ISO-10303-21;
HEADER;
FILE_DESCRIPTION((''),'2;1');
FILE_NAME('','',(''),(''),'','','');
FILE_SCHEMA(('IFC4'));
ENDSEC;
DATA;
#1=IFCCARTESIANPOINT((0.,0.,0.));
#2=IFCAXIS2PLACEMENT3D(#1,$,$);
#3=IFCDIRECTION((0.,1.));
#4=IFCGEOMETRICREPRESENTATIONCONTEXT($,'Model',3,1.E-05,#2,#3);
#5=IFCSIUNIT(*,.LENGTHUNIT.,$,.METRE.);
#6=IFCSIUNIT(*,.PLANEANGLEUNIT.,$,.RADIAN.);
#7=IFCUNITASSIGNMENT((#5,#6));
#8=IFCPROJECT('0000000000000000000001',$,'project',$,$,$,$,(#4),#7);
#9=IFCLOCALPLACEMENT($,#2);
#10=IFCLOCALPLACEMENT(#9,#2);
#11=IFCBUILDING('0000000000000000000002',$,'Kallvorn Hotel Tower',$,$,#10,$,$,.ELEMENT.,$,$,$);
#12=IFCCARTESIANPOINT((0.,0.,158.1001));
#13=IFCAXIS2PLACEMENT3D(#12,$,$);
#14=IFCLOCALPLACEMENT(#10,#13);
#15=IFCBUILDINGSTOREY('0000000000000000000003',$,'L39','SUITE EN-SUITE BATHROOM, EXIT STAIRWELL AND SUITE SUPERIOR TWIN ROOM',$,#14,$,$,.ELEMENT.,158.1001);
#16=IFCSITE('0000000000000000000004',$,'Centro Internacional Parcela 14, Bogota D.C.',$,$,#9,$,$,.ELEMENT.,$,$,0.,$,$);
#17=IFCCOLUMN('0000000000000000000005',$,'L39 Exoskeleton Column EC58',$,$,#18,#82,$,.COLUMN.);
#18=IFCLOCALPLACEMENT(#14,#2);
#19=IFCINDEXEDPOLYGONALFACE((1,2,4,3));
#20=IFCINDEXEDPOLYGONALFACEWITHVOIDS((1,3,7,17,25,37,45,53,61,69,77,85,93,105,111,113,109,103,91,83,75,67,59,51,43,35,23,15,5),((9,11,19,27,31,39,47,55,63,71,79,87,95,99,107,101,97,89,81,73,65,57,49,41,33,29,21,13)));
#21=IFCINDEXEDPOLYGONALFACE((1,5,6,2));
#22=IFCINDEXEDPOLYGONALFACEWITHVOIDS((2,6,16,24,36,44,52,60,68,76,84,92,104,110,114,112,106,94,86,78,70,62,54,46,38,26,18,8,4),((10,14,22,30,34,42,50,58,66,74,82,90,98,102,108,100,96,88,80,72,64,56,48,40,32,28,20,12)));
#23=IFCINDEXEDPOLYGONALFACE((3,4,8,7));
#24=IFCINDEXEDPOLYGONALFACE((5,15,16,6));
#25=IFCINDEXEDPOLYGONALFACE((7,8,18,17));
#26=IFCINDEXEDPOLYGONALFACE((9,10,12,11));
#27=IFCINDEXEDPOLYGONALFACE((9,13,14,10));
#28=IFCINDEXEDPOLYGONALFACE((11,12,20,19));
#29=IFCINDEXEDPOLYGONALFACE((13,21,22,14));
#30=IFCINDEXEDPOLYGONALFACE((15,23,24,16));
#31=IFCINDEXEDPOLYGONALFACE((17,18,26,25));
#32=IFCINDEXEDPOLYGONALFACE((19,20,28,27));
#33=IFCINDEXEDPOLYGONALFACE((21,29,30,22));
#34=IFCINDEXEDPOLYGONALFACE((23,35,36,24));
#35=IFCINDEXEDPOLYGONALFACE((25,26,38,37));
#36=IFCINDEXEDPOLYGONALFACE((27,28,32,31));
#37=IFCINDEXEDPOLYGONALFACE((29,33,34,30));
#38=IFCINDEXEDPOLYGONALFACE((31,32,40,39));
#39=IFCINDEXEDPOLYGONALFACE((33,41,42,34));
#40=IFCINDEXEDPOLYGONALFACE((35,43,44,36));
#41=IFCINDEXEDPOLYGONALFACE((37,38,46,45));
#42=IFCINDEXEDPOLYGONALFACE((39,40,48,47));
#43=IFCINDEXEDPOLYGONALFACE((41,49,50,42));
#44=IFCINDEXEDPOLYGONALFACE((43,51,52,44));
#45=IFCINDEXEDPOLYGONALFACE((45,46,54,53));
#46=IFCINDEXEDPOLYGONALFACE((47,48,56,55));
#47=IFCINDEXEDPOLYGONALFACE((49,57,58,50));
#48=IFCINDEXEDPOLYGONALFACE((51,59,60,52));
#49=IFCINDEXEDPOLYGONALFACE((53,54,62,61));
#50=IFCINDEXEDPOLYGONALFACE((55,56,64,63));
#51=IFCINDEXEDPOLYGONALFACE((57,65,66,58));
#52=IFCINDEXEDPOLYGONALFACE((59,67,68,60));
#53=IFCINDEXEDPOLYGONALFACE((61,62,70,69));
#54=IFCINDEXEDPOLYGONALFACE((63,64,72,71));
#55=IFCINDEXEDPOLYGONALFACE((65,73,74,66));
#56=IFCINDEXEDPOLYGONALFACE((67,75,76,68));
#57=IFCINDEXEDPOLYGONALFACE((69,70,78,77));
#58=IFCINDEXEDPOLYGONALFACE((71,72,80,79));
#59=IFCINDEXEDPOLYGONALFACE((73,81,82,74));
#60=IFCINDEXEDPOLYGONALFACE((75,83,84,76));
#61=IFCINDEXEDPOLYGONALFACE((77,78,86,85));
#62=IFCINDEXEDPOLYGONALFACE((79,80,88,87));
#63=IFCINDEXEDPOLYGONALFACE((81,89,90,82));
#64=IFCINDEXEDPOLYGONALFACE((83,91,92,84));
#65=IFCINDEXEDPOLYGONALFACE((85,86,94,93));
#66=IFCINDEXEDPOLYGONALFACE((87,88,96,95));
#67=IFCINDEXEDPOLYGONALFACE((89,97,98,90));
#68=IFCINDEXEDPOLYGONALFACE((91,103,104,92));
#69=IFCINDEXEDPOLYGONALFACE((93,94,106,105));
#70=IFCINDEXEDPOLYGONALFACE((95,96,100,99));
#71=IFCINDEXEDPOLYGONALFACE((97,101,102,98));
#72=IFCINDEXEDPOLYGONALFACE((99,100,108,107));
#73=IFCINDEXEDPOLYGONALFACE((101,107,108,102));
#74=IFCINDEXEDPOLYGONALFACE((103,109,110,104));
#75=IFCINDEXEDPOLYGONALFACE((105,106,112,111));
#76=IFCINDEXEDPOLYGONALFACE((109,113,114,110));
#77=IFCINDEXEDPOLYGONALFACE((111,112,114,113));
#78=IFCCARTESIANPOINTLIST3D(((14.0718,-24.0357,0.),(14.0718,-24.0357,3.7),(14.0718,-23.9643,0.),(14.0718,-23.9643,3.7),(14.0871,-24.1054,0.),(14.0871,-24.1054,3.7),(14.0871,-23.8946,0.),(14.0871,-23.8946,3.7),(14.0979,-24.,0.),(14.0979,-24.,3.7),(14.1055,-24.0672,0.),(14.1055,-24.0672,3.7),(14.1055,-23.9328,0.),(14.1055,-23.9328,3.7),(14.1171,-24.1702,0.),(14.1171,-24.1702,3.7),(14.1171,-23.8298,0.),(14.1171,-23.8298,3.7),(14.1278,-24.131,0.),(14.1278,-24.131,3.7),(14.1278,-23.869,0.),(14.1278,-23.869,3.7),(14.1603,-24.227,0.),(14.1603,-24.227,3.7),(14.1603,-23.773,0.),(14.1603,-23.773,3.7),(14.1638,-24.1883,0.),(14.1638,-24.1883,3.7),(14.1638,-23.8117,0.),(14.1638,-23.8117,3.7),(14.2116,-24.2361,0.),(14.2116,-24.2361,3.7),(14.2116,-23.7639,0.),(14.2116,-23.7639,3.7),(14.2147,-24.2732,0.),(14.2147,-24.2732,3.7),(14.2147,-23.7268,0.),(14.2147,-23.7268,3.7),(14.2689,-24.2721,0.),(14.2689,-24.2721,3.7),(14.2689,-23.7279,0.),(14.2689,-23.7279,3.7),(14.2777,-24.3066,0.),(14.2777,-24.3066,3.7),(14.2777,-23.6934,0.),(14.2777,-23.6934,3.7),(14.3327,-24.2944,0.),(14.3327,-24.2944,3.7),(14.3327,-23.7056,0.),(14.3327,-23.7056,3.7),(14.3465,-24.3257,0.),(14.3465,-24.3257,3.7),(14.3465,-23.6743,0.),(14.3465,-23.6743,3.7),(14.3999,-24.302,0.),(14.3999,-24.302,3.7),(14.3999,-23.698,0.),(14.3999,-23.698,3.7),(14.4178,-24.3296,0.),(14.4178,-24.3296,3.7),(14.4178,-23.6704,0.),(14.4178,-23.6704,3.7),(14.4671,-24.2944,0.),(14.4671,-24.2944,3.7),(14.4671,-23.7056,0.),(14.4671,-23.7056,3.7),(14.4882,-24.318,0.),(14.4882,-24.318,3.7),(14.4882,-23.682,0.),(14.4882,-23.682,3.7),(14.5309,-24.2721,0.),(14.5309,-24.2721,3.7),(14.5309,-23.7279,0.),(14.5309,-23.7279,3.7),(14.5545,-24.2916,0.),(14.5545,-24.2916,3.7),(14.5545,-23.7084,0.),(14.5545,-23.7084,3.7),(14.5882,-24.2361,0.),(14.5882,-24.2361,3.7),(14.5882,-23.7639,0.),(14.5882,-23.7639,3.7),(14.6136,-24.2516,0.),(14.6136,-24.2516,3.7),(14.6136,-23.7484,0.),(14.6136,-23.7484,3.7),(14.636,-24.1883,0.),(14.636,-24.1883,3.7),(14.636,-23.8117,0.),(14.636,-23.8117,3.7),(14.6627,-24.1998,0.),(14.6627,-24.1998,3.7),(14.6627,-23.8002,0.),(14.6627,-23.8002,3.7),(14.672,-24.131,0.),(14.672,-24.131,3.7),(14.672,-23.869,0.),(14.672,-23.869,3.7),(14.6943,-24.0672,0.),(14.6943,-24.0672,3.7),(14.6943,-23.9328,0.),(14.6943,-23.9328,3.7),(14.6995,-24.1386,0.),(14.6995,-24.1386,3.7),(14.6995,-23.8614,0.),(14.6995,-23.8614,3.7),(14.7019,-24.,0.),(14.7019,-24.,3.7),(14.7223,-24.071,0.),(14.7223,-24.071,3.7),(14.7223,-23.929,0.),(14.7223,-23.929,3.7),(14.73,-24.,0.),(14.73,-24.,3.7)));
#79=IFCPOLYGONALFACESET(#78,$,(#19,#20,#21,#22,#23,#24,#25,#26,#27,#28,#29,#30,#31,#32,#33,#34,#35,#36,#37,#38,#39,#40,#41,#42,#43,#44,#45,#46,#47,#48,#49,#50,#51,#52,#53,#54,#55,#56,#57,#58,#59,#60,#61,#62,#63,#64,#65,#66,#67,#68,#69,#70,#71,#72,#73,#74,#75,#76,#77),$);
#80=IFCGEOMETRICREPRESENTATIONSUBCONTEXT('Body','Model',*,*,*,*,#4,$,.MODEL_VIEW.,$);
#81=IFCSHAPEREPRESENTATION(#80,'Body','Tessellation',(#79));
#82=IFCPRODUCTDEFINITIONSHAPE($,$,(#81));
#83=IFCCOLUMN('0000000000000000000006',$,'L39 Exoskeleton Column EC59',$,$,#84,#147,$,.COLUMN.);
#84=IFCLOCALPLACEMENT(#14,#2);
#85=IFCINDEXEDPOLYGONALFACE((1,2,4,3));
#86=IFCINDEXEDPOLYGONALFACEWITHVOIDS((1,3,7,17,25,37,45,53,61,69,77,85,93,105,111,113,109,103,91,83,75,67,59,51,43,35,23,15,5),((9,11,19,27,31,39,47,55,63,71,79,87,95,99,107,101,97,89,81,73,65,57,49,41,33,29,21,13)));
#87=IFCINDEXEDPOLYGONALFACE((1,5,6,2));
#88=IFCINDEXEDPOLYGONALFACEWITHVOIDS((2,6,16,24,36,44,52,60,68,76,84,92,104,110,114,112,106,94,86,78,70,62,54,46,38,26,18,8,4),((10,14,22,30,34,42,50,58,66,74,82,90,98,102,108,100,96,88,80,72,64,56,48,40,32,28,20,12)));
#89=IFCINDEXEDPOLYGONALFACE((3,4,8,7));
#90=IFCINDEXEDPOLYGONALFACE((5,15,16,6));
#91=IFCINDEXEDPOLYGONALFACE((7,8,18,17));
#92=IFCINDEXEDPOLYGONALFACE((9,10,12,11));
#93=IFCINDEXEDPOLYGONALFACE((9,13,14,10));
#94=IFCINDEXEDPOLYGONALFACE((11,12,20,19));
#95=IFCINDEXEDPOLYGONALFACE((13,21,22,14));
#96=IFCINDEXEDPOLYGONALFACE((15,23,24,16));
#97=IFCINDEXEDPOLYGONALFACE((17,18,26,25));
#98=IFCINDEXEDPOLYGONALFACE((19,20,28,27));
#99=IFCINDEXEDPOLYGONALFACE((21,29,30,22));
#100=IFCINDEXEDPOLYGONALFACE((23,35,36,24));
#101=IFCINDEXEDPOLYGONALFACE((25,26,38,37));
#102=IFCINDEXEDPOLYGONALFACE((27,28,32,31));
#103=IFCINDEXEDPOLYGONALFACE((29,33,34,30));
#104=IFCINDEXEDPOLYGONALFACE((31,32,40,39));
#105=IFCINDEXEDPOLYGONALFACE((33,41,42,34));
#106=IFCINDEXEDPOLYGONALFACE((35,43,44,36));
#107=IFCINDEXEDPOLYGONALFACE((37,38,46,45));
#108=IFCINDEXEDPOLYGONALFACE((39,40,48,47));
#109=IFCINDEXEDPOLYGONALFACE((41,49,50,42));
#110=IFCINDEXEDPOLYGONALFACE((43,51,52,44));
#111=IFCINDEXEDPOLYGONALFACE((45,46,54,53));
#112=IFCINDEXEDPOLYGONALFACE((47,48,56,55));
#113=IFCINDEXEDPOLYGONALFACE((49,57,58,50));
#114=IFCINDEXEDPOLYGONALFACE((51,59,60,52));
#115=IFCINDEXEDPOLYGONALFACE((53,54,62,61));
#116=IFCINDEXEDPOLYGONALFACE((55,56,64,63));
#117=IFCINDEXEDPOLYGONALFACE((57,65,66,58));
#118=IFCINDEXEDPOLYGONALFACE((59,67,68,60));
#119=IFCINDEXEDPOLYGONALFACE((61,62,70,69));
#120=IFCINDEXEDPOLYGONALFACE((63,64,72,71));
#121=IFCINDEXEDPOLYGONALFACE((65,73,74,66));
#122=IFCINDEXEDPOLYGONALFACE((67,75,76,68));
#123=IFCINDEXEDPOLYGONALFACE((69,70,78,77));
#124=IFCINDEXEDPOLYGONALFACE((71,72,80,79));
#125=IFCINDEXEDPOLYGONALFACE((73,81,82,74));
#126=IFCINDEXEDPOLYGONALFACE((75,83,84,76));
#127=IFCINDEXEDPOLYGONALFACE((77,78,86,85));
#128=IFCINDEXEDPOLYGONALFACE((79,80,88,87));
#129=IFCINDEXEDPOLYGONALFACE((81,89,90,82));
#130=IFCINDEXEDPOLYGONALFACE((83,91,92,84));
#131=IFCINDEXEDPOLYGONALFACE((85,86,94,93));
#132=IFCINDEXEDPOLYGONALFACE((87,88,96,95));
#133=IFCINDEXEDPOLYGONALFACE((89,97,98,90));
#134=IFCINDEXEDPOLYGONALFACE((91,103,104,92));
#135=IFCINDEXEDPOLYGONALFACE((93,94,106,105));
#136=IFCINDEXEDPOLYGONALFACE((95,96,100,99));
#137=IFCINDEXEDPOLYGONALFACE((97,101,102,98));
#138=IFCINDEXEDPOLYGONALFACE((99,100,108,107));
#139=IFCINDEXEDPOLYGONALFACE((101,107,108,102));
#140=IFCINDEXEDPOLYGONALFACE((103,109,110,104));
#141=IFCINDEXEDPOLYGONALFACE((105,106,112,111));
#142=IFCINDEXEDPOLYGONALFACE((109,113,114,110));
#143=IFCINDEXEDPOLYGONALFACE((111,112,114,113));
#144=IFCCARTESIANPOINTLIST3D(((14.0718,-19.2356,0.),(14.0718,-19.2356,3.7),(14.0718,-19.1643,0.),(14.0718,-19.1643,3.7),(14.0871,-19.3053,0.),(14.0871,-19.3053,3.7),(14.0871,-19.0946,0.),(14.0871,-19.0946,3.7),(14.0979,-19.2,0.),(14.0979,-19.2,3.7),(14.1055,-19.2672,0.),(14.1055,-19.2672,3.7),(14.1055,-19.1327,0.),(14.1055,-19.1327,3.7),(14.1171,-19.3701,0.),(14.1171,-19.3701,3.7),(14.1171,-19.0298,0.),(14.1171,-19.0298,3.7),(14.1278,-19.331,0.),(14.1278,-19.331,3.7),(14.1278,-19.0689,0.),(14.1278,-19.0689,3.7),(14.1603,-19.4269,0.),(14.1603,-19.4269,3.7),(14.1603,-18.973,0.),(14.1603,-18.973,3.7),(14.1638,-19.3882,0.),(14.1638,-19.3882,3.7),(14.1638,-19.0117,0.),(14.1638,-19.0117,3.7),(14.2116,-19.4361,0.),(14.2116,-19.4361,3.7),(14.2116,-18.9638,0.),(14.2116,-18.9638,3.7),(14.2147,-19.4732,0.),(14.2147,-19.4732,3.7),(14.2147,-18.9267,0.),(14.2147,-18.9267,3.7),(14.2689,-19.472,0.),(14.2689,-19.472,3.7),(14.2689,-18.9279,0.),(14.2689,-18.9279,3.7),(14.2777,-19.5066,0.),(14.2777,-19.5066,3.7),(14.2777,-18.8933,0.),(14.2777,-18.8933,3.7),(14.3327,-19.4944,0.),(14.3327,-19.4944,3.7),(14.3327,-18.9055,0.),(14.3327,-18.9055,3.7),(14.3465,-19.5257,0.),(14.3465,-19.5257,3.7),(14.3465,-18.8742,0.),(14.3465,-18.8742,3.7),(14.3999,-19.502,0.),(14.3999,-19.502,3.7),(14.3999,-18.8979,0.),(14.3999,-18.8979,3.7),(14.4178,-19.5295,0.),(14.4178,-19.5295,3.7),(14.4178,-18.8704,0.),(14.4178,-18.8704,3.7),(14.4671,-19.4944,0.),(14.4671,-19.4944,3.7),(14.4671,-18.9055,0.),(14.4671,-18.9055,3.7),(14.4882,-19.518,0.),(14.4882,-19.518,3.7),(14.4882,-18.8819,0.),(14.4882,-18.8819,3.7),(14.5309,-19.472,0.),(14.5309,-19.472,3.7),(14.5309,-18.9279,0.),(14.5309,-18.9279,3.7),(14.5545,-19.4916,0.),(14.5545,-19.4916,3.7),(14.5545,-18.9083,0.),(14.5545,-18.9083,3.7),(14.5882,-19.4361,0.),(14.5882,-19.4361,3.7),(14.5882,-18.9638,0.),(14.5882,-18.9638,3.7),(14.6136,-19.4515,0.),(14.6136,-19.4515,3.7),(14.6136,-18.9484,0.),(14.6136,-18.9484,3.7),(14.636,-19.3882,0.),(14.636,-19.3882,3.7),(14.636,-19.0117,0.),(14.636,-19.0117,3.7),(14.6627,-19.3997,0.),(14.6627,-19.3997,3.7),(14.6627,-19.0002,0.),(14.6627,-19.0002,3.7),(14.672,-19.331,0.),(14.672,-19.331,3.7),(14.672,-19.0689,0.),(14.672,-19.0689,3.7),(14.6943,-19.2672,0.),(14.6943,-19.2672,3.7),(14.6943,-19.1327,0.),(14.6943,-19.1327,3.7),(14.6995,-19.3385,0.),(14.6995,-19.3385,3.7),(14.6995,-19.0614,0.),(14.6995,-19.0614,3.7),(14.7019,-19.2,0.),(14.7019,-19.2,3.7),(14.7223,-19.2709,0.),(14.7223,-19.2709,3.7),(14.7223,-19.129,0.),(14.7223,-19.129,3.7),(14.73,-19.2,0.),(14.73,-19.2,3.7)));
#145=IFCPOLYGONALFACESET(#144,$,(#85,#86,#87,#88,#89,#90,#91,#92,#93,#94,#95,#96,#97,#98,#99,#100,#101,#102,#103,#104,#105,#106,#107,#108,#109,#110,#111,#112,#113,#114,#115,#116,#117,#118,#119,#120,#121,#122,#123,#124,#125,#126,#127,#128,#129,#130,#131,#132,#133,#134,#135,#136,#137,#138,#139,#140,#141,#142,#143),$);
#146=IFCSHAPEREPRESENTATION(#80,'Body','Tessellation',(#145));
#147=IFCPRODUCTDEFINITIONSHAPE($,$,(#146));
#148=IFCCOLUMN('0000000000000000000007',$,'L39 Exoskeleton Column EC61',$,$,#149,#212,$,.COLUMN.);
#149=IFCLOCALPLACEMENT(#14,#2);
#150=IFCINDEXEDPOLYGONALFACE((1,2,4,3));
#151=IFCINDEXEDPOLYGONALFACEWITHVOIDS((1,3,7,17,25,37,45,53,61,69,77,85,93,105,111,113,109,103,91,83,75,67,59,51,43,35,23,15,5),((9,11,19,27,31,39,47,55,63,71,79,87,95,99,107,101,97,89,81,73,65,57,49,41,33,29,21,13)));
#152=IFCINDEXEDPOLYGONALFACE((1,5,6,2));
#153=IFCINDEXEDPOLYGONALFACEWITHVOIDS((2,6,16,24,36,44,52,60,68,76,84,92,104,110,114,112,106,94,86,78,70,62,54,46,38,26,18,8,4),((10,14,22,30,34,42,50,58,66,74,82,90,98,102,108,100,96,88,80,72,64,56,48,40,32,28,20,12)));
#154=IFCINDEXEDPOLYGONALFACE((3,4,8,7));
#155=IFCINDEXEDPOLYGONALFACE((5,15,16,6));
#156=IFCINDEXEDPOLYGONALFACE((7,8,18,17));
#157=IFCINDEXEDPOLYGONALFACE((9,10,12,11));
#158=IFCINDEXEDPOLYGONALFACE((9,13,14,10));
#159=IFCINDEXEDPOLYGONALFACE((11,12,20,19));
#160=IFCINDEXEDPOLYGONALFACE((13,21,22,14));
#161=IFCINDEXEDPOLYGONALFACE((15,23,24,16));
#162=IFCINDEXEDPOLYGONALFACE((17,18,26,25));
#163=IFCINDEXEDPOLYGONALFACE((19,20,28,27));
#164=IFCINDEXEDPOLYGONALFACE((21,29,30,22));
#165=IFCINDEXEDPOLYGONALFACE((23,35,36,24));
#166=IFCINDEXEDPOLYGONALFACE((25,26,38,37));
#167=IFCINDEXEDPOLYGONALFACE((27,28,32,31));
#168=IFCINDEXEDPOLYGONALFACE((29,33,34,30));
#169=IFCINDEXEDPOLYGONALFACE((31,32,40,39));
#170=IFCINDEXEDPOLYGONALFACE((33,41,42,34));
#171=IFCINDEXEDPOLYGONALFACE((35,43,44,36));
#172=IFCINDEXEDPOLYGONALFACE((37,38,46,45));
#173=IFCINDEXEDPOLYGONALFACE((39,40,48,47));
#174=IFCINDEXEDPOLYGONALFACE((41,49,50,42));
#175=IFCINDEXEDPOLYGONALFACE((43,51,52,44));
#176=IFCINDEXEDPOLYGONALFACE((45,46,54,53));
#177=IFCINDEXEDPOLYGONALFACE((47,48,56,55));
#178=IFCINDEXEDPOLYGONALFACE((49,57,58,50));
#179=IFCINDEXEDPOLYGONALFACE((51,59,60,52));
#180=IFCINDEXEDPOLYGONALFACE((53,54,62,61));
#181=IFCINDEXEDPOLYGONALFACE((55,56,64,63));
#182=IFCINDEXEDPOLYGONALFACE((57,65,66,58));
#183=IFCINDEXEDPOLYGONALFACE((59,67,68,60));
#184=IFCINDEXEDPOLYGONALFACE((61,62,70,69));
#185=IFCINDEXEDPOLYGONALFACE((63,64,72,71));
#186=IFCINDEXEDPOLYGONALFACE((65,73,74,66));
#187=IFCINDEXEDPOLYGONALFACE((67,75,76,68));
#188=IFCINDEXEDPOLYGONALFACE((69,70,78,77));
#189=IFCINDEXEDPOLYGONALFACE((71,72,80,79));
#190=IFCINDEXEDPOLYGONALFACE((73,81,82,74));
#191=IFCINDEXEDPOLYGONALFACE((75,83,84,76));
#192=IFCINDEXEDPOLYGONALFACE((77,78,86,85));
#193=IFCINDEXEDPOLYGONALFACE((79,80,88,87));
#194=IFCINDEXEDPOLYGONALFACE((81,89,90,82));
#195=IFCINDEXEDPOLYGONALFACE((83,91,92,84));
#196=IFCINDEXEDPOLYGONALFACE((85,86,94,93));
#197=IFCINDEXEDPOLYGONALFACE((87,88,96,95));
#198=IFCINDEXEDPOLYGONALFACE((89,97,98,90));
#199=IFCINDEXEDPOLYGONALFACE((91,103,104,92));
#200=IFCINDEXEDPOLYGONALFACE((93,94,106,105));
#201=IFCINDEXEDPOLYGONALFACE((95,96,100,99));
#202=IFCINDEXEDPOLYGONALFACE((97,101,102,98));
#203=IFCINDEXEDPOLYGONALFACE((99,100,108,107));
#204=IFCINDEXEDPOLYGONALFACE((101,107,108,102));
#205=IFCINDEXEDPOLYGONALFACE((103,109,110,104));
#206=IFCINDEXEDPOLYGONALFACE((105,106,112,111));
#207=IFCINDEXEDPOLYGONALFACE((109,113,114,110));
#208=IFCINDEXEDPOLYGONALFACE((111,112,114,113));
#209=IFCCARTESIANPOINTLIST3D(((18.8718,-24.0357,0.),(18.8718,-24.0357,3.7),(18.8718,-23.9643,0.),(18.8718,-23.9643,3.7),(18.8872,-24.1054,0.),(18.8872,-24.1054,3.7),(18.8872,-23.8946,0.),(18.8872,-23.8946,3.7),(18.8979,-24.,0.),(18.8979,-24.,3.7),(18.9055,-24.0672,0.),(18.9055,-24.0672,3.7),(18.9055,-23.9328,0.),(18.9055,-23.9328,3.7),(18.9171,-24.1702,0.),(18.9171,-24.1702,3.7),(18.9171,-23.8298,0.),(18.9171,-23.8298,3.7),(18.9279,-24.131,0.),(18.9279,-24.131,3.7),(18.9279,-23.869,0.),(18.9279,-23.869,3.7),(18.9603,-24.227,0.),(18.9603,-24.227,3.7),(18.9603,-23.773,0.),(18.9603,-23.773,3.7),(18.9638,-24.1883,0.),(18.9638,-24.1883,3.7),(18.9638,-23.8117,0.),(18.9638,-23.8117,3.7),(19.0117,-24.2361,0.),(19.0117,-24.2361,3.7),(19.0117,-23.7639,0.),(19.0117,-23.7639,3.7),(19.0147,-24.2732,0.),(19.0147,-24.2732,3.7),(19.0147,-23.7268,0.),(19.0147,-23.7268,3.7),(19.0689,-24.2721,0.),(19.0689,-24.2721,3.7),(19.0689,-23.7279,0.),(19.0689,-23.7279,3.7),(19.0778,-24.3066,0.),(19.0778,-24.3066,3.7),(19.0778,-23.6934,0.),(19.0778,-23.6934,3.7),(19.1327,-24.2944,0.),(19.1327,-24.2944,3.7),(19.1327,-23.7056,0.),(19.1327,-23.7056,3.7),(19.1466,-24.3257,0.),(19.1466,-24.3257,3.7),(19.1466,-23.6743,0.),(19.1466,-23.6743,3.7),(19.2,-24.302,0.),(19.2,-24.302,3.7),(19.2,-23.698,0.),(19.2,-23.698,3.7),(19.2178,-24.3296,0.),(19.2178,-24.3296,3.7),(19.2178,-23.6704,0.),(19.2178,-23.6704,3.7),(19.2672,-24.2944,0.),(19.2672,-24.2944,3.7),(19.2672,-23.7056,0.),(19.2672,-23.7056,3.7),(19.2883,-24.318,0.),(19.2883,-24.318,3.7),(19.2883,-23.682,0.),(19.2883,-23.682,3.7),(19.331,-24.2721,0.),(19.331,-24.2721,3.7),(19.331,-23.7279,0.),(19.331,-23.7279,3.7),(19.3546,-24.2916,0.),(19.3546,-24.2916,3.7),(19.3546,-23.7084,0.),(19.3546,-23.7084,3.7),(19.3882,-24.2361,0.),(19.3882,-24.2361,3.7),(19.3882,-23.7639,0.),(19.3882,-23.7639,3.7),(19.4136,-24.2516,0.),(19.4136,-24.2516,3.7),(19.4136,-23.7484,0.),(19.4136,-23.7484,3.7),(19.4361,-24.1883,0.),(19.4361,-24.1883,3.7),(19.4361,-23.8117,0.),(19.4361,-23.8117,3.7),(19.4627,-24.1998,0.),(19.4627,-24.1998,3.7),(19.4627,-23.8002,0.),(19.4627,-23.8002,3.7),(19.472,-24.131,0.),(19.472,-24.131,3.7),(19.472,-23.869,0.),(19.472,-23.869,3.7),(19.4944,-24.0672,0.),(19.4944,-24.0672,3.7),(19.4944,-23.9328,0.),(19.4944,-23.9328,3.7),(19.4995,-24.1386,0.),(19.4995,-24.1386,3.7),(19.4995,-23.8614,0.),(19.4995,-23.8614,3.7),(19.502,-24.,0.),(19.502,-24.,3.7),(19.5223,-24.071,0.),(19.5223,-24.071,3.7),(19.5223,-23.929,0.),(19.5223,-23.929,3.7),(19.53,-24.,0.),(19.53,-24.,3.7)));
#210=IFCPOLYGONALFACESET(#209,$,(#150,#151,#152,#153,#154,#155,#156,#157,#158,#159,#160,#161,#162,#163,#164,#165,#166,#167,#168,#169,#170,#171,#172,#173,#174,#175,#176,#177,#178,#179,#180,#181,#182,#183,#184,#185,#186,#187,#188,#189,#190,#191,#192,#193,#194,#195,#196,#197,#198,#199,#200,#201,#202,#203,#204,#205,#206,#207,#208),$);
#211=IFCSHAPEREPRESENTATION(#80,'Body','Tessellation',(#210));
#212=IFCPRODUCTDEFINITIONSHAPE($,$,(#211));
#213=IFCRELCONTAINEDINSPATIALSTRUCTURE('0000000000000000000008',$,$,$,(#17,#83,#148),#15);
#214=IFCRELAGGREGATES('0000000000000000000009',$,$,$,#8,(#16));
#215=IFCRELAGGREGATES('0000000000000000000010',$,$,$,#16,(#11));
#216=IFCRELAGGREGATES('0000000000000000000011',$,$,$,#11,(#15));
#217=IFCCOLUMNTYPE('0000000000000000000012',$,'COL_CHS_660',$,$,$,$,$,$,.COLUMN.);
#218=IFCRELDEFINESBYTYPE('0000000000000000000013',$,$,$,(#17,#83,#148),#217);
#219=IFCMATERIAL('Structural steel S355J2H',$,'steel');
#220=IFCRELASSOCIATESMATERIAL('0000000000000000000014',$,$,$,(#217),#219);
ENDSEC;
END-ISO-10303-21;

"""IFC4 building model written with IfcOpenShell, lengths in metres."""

from ifc_helpers import new_model, si_unit, direction, frame, origin, origin_2d, place, context, subcontext, project, spatial, hollow_circle, extrude, material, material_profile, profile_set, type_object, element, save


model = new_model("IFC4")

# Units and contexts
model_context = context("Model", 3, precision=1e-05, world=origin(), true_north=direction((0.0, 1.0)))
body_context = subcontext(model_context, "Body", "Model", "MODEL_VIEW")
ifc_project = project(units=[si_unit("LENGTHUNIT", "METRE"), si_unit("PLANEANGLEUNIT", "RADIAN")], contexts=[model_context])

# Site, building, storey
site_placement = place(None, origin())
site = spatial("IfcSite", under=ifc_project, at=site_placement, Name="Centro Internacional Parcela 14, Bogota D.C.", CompositionType="ELEMENT", RefElevation=0.0)
building_placement = place(site_placement, origin())
building = spatial("IfcBuilding", under=site, at=building_placement, Name="Kallvorn Hotel Tower", CompositionType="ELEMENT")
storey_placement = place(building_placement, frame((0.0, 0.0, 158.1001)))
storey = spatial("IfcBuildingStorey", under=building, at=storey_placement, Name="L39", Description="SUITE EN-SUITE BATHROOM, EXIT STAIRWELL AND SUITE SUPERIOR TWIN ROOM", CompositionType="ELEMENT", Elevation=158.1001)

# Columns
ifc_material_1 = material(Name="Structural steel S355J2H", Category="steel")
ifc_material_profile_1 = material_profile(ifc_material_1, hollow_circle(Radius=0.3301, WallThickness=0.0281, at=origin_2d()), Name="CHS 660x28")
ifc_profile_set_1 = profile_set([ifc_material_profile_1], Name="Structural steel S355J2H")
column_type = type_object("IfcColumnType", Name="COL_CHS_660", PredefinedType="COLUMN", material=ifc_profile_set_1)
for number, where, z_axis, x_axis, name in (
    (1, (14.3999, -24.0, 0.0), (0.0, 0.0, 1.0), (1.0, 0.0, 0.0), "L39 Exoskeleton Column EC58"),
    (2, (14.3999, -19.2, 0.0), (0.0, 0.0, 1.0), (1.0, 0.0, 0.0), "L39 Exoskeleton Column EC59"),
    (3, (19.2, -24.0, 0.0), (0.0, 0.0, 1.0), (1.0, 0.0, 0.0), "L39 Exoskeleton Column EC61"),
):
    element("IfcColumn", number, at=place(storey_placement, frame(where, z_axis=z_axis, x_axis=x_axis)), inside=storey, type_object=column_type, Name=name, PredefinedType="COLUMN", context=body_context, shape_type="SweptSolid", body=[
        extrude(hollow_circle(Radius=0.3301, WallThickness=0.0281, at=origin_2d()), origin(), (0.0, 0.0, 1.0), 3.7),
    ])

save(model, "model.ifc")
